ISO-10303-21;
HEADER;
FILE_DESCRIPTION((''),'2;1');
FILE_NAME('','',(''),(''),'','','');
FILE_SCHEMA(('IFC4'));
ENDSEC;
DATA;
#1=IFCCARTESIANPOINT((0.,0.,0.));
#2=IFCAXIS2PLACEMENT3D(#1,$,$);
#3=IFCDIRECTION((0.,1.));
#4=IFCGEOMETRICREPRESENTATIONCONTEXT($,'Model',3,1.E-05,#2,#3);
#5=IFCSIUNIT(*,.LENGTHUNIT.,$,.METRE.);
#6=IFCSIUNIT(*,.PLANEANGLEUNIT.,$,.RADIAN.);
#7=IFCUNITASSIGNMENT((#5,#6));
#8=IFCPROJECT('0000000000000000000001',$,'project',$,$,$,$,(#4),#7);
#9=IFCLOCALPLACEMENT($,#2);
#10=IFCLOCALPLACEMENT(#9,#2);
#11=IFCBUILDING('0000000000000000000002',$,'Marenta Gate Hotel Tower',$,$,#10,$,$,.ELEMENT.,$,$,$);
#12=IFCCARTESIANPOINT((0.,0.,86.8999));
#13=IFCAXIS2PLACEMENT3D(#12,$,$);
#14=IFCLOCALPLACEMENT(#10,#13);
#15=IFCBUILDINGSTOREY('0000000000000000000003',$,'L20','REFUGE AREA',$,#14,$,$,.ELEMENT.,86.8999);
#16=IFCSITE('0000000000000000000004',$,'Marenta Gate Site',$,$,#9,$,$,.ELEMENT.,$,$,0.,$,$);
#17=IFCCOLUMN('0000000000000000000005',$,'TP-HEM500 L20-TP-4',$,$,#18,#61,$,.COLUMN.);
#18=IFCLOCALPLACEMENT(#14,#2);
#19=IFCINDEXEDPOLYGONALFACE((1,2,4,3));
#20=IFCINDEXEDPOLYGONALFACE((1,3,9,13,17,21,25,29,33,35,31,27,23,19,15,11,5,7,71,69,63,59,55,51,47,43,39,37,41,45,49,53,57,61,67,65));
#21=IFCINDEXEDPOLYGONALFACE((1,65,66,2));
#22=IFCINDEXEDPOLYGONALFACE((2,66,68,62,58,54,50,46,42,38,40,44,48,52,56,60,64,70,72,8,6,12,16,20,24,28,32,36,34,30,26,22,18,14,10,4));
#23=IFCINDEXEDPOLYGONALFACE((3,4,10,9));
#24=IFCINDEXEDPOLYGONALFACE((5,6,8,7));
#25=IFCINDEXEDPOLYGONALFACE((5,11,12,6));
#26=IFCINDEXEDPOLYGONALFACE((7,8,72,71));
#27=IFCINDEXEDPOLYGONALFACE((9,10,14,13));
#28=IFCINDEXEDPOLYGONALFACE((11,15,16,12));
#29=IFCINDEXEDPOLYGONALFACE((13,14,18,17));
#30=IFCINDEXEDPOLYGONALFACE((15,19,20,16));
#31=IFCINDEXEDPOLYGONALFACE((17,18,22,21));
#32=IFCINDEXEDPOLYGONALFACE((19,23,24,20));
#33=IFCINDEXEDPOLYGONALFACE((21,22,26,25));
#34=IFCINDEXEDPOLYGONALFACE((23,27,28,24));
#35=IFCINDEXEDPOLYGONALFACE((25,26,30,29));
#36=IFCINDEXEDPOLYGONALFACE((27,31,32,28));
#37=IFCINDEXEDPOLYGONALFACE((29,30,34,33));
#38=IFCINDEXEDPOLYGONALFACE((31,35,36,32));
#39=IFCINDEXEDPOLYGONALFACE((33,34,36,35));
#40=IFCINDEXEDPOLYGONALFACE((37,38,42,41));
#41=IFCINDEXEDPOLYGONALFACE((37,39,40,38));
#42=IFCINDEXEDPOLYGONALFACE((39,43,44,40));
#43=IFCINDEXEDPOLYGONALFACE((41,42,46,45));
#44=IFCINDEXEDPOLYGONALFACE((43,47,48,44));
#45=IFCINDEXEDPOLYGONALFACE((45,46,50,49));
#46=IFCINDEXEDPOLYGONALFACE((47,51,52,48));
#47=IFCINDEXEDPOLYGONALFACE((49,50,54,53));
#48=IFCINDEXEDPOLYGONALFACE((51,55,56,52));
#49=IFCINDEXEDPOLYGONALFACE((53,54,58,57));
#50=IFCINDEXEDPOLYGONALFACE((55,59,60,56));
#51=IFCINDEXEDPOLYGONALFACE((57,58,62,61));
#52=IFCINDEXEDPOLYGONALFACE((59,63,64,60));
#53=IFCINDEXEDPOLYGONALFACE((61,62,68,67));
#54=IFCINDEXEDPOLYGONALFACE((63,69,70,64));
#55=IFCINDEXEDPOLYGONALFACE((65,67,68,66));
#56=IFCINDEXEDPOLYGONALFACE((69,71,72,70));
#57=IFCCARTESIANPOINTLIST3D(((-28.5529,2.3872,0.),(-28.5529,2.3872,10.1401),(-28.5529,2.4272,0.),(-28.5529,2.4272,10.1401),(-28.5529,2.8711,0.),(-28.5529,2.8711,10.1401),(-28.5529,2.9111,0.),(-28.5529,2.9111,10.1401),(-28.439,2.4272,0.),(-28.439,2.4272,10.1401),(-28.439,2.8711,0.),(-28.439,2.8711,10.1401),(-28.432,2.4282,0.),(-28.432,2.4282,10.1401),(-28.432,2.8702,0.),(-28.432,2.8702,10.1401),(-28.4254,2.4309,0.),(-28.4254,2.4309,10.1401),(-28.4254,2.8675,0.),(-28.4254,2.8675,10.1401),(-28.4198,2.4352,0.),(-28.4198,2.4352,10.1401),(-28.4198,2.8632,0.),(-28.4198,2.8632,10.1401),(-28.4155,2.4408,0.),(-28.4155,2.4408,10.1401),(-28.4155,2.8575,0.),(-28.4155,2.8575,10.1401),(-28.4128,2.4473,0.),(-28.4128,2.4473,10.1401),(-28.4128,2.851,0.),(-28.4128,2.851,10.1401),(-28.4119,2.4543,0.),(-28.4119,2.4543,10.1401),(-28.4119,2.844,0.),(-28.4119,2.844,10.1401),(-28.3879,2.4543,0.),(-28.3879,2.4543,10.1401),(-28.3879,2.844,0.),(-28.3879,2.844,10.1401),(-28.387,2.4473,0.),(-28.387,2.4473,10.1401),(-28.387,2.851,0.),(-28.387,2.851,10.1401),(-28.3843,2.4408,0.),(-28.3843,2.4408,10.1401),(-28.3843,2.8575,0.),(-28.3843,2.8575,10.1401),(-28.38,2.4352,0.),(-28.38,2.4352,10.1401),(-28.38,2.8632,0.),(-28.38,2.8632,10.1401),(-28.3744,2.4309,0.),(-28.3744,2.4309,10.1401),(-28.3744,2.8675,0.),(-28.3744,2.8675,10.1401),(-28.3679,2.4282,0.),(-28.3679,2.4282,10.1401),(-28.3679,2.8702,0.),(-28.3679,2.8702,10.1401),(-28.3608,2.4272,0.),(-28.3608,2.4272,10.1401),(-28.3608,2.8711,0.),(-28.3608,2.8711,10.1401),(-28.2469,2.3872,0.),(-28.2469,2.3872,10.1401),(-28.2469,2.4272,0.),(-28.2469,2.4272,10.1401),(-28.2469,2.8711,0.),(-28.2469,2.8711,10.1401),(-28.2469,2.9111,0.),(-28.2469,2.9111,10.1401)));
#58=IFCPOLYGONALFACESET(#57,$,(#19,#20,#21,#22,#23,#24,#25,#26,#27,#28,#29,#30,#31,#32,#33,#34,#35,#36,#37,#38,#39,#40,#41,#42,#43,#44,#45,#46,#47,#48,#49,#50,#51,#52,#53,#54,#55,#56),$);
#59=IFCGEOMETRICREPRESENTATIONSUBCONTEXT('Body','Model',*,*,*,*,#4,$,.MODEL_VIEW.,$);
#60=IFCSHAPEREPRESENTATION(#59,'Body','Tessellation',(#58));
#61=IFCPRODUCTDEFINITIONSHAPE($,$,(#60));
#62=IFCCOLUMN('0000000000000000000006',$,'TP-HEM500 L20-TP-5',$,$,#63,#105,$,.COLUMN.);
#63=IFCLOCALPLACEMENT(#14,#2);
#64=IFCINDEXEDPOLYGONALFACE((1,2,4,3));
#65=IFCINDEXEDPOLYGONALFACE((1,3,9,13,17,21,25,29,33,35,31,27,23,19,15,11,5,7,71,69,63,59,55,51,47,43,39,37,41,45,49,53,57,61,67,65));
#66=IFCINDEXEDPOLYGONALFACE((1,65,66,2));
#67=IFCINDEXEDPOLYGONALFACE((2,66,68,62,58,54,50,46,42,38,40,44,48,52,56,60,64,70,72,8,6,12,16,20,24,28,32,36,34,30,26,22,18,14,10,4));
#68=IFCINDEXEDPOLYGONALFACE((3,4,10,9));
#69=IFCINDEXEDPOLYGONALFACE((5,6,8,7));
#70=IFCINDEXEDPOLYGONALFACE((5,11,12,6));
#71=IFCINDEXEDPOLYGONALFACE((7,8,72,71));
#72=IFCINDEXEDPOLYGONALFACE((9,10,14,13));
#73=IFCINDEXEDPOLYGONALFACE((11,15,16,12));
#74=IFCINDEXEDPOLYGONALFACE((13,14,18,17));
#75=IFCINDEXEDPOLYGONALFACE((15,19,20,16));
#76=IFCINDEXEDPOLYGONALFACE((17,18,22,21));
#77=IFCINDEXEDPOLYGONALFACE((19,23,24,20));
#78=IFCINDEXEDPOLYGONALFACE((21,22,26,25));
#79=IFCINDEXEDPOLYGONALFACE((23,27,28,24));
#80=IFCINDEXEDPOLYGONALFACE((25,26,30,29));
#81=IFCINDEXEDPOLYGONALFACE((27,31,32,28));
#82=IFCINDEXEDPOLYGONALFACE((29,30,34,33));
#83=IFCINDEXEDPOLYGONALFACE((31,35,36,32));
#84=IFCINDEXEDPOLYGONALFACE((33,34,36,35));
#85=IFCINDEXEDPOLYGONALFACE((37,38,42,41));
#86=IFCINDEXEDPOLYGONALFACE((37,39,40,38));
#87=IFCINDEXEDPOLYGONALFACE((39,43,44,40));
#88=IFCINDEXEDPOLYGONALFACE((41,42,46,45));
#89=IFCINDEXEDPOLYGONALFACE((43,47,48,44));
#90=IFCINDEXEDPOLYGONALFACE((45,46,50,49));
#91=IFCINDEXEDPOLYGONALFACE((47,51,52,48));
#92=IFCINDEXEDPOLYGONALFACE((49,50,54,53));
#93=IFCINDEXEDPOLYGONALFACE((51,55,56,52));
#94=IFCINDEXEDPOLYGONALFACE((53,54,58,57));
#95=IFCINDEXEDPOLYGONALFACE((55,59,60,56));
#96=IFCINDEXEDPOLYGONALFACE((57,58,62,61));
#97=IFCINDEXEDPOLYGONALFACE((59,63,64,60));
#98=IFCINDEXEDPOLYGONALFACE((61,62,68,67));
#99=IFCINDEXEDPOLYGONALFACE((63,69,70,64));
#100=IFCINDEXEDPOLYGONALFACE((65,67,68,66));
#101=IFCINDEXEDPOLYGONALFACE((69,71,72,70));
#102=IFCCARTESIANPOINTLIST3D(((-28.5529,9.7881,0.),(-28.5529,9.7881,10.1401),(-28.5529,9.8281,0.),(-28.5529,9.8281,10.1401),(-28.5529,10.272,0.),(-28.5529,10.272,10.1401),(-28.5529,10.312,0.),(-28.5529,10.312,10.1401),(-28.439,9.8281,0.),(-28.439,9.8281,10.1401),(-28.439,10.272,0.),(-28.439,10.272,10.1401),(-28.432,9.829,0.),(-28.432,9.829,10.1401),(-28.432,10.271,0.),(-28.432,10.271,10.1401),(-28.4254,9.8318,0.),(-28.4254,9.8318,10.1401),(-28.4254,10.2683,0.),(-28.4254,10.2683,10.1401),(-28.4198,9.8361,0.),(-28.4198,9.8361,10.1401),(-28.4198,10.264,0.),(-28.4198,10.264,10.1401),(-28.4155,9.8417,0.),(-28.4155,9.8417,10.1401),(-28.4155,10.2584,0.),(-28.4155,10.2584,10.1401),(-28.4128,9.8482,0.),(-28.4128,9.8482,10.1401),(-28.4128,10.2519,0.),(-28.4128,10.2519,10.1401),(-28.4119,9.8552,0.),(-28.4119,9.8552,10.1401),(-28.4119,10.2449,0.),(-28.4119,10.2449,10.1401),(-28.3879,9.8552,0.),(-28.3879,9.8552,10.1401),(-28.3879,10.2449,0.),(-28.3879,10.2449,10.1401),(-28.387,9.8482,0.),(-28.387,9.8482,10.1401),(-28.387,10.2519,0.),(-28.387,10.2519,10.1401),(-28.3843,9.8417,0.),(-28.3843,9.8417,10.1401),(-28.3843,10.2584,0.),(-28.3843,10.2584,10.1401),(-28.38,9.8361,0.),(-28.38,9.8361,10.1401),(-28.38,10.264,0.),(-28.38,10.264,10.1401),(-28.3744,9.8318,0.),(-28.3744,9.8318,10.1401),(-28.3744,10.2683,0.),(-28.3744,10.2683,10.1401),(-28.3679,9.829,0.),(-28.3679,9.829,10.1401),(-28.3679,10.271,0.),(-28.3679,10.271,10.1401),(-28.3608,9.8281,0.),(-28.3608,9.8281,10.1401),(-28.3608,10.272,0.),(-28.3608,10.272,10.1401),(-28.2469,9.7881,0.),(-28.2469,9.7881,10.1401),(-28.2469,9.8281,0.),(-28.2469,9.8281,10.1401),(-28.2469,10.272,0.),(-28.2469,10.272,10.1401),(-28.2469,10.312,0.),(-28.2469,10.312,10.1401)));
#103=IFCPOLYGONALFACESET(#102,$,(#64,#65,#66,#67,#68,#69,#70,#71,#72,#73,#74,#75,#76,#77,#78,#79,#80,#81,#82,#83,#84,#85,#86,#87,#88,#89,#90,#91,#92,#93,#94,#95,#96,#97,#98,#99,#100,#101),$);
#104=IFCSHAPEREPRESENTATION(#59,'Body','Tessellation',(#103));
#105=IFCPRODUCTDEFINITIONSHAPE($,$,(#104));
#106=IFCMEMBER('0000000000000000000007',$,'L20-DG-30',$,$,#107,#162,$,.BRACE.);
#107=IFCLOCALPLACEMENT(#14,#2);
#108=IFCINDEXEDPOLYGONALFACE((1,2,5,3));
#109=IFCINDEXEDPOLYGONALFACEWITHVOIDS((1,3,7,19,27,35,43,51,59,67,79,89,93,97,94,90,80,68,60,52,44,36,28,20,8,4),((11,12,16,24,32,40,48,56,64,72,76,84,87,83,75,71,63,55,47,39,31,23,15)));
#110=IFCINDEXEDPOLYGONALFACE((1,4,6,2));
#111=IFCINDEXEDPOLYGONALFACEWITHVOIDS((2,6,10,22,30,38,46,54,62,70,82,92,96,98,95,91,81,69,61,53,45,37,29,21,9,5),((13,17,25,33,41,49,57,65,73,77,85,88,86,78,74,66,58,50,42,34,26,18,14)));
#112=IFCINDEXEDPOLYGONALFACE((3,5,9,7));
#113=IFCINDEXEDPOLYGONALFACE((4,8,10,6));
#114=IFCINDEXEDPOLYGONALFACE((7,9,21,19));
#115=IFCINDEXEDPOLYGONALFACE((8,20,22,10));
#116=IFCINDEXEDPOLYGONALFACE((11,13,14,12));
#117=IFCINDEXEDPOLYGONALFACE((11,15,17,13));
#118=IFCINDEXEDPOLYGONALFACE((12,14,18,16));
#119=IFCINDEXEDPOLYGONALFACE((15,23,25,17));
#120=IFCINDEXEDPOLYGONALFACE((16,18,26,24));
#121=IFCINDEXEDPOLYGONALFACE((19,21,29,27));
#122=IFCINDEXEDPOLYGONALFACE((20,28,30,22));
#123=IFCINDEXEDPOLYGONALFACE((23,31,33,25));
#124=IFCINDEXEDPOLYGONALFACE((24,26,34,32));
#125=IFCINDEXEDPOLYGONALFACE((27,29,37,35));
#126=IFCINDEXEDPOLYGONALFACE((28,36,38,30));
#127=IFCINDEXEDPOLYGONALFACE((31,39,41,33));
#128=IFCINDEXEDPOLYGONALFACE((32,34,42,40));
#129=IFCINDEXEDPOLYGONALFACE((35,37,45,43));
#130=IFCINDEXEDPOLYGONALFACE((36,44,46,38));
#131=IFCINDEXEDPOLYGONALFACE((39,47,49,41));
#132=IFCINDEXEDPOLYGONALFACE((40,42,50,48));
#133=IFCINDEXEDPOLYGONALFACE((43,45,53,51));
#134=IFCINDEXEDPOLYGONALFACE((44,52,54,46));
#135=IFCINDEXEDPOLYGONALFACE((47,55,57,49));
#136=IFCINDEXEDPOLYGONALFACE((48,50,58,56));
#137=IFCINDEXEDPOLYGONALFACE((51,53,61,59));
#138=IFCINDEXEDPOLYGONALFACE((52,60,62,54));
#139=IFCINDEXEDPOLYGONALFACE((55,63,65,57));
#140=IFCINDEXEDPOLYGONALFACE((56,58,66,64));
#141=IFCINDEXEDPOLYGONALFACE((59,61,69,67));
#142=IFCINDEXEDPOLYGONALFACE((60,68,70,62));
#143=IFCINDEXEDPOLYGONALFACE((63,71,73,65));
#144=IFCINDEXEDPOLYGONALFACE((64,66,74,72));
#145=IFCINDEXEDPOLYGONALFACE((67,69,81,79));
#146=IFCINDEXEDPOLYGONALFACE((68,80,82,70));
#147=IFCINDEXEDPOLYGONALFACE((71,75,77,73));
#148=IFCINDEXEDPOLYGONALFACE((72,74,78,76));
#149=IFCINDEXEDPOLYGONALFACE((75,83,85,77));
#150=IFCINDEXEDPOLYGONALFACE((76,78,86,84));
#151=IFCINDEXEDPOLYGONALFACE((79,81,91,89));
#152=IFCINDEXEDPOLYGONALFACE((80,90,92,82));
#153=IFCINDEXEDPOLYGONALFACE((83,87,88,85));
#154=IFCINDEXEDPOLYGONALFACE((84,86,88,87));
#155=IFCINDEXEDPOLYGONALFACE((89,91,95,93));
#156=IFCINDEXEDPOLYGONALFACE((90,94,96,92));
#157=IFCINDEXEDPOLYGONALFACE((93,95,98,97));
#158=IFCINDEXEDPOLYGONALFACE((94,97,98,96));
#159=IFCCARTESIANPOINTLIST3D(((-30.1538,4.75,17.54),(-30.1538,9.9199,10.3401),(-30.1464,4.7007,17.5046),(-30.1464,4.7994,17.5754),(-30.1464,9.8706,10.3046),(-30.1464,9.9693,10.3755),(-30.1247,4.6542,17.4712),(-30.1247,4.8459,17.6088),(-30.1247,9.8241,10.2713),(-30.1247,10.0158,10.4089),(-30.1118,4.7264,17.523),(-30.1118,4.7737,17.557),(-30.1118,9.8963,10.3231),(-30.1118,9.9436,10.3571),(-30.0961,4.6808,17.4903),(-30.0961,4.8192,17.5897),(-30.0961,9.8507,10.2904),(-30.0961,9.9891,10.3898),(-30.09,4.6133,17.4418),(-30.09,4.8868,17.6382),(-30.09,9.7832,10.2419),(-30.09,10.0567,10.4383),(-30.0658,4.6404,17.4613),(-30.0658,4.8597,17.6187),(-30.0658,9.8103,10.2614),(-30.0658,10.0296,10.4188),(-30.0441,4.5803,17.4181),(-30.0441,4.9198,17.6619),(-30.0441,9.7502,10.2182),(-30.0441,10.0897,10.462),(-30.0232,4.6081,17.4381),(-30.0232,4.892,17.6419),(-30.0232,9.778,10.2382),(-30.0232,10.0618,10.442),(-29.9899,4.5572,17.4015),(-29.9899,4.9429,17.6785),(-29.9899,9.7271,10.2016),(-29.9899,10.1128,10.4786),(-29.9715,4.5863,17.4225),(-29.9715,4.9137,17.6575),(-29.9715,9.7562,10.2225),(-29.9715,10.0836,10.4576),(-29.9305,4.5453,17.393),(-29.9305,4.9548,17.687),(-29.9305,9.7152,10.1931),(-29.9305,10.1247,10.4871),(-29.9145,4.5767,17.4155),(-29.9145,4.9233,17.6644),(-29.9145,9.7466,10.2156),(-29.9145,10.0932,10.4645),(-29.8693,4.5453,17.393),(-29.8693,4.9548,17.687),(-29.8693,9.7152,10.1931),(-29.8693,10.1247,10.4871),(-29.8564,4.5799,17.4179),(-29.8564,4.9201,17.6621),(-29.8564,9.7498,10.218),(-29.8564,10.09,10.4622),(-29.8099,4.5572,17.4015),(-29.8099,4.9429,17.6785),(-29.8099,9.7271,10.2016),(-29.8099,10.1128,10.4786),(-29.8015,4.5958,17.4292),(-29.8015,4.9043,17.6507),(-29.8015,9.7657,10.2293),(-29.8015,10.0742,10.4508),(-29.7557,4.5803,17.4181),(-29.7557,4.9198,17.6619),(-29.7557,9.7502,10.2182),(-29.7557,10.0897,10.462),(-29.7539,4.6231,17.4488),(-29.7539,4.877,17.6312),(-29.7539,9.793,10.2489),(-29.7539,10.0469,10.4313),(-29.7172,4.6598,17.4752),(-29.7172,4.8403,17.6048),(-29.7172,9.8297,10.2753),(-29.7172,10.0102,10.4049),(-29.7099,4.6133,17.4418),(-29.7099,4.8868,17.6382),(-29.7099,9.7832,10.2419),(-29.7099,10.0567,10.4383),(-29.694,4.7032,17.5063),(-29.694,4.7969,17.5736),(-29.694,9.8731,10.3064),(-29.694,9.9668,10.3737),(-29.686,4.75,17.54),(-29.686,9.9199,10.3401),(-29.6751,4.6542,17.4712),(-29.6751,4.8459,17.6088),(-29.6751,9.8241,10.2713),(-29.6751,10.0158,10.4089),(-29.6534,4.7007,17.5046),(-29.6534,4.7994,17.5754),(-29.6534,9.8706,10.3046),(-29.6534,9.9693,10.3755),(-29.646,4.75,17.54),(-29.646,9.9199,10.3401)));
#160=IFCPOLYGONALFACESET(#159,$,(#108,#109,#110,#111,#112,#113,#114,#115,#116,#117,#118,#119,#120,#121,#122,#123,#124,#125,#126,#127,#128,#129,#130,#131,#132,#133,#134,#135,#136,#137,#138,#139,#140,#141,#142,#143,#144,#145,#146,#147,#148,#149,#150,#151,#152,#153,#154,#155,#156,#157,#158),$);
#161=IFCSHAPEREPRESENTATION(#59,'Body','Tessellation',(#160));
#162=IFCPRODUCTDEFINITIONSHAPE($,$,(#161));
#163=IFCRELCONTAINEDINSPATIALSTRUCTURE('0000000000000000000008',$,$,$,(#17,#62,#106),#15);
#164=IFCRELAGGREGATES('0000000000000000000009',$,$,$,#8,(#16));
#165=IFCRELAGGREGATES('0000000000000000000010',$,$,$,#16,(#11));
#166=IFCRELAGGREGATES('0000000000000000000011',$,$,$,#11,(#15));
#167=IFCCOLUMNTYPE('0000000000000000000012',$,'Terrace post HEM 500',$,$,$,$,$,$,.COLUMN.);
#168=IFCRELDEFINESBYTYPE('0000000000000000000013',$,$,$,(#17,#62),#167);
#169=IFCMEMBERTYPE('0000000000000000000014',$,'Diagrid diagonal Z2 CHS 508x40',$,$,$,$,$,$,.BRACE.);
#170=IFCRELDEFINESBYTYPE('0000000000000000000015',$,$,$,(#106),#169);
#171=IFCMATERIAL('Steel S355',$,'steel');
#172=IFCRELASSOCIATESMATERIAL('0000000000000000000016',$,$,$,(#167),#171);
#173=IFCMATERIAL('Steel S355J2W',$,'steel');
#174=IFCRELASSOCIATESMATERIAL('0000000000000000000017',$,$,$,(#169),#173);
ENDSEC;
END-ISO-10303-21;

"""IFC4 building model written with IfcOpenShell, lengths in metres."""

from ifc_helpers import new_model, si_unit, direction, frame, origin, origin_2d, place, context, subcontext, project, spatial, hollow_circle, i_section, extrude, material, material_profile, profile_set, type_object, element, save


model = new_model("IFC4")

# Units and contexts
model_context = context("Model", 3, precision=1e-05, world=origin(), true_north=direction((0.0, 1.0)))
body_context = subcontext(model_context, "Body", "Model", "MODEL_VIEW")
ifc_project = project(units=[si_unit("LENGTHUNIT", "METRE"), si_unit("PLANEANGLEUNIT", "RADIAN")], contexts=[model_context])

# Site, building, storey
site_placement = place(None, origin())
site = spatial("IfcSite", under=ifc_project, at=site_placement, Name="Marenta Gate Site", CompositionType="ELEMENT", RefElevation=0.0)
building_placement = place(site_placement, origin())
building = spatial("IfcBuilding", under=site, at=building_placement, Name="Marenta Gate Hotel Tower", CompositionType="ELEMENT")
storey_placement = place(building_placement, frame((0.0, 0.0, 86.8999)))
storey = spatial("IfcBuildingStorey", under=building, at=storey_placement, Name="L20", Description="REFUGE AREA", CompositionType="ELEMENT", Elevation=86.8999)

# Columns
ifc_material_1 = material(Name="Steel S355", Category="steel")
ifc_material_profile_1 = material_profile(ifc_material_1, i_section(OverallWidth=0.3059, OverallDepth=0.5239, WebThickness=0.0239, FlangeThickness=0.04, FilletRadius=0.0271, at=origin_2d()), Name="HEM 500")
ifc_profile_set_1 = profile_set([ifc_material_profile_1], Name="Steel S355")
column_type = type_object("IfcColumnType", Name="Terrace post HEM 500", PredefinedType="COLUMN", material=ifc_profile_set_1)
for number, where, z_axis, x_axis, name in (
    (1, (-28.3999, 2.6492, 0.0), (0.0, 0.0, 1.0), (1.0, 0.0, 0.0), "TP-HEM500 L20-TP-4"),
    (2, (-28.3999, 10.05, 0.0), (0.0, 0.0, 1.0), (1.0, 0.0, 0.0), "TP-HEM500 L20-TP-5"),
):
    element("IfcColumn", number, at=place(storey_placement, frame(where, z_axis=z_axis, x_axis=x_axis)), inside=storey, type_object=column_type, Name=name, PredefinedType="COLUMN", context=body_context, shape_type="SweptSolid", body=[
        extrude(i_section(OverallWidth=0.3059, OverallDepth=0.5239, WebThickness=0.0239, FlangeThickness=0.04, FilletRadius=0.0271, at=origin_2d()), origin(), (0.0, 0.0, 1.0), 10.1401),
    ])

# Member
ifc_material_2 = material(Name="Steel S355J2W", Category="steel")
ifc_material_profile_2 = material_profile(ifc_material_2, hollow_circle(Radius=0.2539, WallThickness=0.04, at=origin_2d()), Name="CHS 508x40")
ifc_profile_set_2 = profile_set([ifc_material_profile_2], Name="Steel S355J2W")
member_type_1 = type_object("IfcMemberType", Name="Diagrid diagonal Z2 CHS 508x40", PredefinedType="BRACE", material=ifc_profile_set_2)
member_1_placement = place(storey_placement, frame((-29.8999, 9.9199, 10.3401), z_axis=(0.0, -0.583261, 0.812285), x_axis=(1.0, 0.0, 0.0)))
element("IfcMember", 3, at=member_1_placement, inside=storey, type_object=member_type_1, Name="L20-DG-30", PredefinedType="BRACE", context=body_context, shape_type="SweptSolid", body=[
    extrude(hollow_circle(Radius=0.2539, WallThickness=0.04, at=origin_2d()), origin(), (0.0, 0.0, 1.0), 8.8638),
])

save(model, "model.ifc")
